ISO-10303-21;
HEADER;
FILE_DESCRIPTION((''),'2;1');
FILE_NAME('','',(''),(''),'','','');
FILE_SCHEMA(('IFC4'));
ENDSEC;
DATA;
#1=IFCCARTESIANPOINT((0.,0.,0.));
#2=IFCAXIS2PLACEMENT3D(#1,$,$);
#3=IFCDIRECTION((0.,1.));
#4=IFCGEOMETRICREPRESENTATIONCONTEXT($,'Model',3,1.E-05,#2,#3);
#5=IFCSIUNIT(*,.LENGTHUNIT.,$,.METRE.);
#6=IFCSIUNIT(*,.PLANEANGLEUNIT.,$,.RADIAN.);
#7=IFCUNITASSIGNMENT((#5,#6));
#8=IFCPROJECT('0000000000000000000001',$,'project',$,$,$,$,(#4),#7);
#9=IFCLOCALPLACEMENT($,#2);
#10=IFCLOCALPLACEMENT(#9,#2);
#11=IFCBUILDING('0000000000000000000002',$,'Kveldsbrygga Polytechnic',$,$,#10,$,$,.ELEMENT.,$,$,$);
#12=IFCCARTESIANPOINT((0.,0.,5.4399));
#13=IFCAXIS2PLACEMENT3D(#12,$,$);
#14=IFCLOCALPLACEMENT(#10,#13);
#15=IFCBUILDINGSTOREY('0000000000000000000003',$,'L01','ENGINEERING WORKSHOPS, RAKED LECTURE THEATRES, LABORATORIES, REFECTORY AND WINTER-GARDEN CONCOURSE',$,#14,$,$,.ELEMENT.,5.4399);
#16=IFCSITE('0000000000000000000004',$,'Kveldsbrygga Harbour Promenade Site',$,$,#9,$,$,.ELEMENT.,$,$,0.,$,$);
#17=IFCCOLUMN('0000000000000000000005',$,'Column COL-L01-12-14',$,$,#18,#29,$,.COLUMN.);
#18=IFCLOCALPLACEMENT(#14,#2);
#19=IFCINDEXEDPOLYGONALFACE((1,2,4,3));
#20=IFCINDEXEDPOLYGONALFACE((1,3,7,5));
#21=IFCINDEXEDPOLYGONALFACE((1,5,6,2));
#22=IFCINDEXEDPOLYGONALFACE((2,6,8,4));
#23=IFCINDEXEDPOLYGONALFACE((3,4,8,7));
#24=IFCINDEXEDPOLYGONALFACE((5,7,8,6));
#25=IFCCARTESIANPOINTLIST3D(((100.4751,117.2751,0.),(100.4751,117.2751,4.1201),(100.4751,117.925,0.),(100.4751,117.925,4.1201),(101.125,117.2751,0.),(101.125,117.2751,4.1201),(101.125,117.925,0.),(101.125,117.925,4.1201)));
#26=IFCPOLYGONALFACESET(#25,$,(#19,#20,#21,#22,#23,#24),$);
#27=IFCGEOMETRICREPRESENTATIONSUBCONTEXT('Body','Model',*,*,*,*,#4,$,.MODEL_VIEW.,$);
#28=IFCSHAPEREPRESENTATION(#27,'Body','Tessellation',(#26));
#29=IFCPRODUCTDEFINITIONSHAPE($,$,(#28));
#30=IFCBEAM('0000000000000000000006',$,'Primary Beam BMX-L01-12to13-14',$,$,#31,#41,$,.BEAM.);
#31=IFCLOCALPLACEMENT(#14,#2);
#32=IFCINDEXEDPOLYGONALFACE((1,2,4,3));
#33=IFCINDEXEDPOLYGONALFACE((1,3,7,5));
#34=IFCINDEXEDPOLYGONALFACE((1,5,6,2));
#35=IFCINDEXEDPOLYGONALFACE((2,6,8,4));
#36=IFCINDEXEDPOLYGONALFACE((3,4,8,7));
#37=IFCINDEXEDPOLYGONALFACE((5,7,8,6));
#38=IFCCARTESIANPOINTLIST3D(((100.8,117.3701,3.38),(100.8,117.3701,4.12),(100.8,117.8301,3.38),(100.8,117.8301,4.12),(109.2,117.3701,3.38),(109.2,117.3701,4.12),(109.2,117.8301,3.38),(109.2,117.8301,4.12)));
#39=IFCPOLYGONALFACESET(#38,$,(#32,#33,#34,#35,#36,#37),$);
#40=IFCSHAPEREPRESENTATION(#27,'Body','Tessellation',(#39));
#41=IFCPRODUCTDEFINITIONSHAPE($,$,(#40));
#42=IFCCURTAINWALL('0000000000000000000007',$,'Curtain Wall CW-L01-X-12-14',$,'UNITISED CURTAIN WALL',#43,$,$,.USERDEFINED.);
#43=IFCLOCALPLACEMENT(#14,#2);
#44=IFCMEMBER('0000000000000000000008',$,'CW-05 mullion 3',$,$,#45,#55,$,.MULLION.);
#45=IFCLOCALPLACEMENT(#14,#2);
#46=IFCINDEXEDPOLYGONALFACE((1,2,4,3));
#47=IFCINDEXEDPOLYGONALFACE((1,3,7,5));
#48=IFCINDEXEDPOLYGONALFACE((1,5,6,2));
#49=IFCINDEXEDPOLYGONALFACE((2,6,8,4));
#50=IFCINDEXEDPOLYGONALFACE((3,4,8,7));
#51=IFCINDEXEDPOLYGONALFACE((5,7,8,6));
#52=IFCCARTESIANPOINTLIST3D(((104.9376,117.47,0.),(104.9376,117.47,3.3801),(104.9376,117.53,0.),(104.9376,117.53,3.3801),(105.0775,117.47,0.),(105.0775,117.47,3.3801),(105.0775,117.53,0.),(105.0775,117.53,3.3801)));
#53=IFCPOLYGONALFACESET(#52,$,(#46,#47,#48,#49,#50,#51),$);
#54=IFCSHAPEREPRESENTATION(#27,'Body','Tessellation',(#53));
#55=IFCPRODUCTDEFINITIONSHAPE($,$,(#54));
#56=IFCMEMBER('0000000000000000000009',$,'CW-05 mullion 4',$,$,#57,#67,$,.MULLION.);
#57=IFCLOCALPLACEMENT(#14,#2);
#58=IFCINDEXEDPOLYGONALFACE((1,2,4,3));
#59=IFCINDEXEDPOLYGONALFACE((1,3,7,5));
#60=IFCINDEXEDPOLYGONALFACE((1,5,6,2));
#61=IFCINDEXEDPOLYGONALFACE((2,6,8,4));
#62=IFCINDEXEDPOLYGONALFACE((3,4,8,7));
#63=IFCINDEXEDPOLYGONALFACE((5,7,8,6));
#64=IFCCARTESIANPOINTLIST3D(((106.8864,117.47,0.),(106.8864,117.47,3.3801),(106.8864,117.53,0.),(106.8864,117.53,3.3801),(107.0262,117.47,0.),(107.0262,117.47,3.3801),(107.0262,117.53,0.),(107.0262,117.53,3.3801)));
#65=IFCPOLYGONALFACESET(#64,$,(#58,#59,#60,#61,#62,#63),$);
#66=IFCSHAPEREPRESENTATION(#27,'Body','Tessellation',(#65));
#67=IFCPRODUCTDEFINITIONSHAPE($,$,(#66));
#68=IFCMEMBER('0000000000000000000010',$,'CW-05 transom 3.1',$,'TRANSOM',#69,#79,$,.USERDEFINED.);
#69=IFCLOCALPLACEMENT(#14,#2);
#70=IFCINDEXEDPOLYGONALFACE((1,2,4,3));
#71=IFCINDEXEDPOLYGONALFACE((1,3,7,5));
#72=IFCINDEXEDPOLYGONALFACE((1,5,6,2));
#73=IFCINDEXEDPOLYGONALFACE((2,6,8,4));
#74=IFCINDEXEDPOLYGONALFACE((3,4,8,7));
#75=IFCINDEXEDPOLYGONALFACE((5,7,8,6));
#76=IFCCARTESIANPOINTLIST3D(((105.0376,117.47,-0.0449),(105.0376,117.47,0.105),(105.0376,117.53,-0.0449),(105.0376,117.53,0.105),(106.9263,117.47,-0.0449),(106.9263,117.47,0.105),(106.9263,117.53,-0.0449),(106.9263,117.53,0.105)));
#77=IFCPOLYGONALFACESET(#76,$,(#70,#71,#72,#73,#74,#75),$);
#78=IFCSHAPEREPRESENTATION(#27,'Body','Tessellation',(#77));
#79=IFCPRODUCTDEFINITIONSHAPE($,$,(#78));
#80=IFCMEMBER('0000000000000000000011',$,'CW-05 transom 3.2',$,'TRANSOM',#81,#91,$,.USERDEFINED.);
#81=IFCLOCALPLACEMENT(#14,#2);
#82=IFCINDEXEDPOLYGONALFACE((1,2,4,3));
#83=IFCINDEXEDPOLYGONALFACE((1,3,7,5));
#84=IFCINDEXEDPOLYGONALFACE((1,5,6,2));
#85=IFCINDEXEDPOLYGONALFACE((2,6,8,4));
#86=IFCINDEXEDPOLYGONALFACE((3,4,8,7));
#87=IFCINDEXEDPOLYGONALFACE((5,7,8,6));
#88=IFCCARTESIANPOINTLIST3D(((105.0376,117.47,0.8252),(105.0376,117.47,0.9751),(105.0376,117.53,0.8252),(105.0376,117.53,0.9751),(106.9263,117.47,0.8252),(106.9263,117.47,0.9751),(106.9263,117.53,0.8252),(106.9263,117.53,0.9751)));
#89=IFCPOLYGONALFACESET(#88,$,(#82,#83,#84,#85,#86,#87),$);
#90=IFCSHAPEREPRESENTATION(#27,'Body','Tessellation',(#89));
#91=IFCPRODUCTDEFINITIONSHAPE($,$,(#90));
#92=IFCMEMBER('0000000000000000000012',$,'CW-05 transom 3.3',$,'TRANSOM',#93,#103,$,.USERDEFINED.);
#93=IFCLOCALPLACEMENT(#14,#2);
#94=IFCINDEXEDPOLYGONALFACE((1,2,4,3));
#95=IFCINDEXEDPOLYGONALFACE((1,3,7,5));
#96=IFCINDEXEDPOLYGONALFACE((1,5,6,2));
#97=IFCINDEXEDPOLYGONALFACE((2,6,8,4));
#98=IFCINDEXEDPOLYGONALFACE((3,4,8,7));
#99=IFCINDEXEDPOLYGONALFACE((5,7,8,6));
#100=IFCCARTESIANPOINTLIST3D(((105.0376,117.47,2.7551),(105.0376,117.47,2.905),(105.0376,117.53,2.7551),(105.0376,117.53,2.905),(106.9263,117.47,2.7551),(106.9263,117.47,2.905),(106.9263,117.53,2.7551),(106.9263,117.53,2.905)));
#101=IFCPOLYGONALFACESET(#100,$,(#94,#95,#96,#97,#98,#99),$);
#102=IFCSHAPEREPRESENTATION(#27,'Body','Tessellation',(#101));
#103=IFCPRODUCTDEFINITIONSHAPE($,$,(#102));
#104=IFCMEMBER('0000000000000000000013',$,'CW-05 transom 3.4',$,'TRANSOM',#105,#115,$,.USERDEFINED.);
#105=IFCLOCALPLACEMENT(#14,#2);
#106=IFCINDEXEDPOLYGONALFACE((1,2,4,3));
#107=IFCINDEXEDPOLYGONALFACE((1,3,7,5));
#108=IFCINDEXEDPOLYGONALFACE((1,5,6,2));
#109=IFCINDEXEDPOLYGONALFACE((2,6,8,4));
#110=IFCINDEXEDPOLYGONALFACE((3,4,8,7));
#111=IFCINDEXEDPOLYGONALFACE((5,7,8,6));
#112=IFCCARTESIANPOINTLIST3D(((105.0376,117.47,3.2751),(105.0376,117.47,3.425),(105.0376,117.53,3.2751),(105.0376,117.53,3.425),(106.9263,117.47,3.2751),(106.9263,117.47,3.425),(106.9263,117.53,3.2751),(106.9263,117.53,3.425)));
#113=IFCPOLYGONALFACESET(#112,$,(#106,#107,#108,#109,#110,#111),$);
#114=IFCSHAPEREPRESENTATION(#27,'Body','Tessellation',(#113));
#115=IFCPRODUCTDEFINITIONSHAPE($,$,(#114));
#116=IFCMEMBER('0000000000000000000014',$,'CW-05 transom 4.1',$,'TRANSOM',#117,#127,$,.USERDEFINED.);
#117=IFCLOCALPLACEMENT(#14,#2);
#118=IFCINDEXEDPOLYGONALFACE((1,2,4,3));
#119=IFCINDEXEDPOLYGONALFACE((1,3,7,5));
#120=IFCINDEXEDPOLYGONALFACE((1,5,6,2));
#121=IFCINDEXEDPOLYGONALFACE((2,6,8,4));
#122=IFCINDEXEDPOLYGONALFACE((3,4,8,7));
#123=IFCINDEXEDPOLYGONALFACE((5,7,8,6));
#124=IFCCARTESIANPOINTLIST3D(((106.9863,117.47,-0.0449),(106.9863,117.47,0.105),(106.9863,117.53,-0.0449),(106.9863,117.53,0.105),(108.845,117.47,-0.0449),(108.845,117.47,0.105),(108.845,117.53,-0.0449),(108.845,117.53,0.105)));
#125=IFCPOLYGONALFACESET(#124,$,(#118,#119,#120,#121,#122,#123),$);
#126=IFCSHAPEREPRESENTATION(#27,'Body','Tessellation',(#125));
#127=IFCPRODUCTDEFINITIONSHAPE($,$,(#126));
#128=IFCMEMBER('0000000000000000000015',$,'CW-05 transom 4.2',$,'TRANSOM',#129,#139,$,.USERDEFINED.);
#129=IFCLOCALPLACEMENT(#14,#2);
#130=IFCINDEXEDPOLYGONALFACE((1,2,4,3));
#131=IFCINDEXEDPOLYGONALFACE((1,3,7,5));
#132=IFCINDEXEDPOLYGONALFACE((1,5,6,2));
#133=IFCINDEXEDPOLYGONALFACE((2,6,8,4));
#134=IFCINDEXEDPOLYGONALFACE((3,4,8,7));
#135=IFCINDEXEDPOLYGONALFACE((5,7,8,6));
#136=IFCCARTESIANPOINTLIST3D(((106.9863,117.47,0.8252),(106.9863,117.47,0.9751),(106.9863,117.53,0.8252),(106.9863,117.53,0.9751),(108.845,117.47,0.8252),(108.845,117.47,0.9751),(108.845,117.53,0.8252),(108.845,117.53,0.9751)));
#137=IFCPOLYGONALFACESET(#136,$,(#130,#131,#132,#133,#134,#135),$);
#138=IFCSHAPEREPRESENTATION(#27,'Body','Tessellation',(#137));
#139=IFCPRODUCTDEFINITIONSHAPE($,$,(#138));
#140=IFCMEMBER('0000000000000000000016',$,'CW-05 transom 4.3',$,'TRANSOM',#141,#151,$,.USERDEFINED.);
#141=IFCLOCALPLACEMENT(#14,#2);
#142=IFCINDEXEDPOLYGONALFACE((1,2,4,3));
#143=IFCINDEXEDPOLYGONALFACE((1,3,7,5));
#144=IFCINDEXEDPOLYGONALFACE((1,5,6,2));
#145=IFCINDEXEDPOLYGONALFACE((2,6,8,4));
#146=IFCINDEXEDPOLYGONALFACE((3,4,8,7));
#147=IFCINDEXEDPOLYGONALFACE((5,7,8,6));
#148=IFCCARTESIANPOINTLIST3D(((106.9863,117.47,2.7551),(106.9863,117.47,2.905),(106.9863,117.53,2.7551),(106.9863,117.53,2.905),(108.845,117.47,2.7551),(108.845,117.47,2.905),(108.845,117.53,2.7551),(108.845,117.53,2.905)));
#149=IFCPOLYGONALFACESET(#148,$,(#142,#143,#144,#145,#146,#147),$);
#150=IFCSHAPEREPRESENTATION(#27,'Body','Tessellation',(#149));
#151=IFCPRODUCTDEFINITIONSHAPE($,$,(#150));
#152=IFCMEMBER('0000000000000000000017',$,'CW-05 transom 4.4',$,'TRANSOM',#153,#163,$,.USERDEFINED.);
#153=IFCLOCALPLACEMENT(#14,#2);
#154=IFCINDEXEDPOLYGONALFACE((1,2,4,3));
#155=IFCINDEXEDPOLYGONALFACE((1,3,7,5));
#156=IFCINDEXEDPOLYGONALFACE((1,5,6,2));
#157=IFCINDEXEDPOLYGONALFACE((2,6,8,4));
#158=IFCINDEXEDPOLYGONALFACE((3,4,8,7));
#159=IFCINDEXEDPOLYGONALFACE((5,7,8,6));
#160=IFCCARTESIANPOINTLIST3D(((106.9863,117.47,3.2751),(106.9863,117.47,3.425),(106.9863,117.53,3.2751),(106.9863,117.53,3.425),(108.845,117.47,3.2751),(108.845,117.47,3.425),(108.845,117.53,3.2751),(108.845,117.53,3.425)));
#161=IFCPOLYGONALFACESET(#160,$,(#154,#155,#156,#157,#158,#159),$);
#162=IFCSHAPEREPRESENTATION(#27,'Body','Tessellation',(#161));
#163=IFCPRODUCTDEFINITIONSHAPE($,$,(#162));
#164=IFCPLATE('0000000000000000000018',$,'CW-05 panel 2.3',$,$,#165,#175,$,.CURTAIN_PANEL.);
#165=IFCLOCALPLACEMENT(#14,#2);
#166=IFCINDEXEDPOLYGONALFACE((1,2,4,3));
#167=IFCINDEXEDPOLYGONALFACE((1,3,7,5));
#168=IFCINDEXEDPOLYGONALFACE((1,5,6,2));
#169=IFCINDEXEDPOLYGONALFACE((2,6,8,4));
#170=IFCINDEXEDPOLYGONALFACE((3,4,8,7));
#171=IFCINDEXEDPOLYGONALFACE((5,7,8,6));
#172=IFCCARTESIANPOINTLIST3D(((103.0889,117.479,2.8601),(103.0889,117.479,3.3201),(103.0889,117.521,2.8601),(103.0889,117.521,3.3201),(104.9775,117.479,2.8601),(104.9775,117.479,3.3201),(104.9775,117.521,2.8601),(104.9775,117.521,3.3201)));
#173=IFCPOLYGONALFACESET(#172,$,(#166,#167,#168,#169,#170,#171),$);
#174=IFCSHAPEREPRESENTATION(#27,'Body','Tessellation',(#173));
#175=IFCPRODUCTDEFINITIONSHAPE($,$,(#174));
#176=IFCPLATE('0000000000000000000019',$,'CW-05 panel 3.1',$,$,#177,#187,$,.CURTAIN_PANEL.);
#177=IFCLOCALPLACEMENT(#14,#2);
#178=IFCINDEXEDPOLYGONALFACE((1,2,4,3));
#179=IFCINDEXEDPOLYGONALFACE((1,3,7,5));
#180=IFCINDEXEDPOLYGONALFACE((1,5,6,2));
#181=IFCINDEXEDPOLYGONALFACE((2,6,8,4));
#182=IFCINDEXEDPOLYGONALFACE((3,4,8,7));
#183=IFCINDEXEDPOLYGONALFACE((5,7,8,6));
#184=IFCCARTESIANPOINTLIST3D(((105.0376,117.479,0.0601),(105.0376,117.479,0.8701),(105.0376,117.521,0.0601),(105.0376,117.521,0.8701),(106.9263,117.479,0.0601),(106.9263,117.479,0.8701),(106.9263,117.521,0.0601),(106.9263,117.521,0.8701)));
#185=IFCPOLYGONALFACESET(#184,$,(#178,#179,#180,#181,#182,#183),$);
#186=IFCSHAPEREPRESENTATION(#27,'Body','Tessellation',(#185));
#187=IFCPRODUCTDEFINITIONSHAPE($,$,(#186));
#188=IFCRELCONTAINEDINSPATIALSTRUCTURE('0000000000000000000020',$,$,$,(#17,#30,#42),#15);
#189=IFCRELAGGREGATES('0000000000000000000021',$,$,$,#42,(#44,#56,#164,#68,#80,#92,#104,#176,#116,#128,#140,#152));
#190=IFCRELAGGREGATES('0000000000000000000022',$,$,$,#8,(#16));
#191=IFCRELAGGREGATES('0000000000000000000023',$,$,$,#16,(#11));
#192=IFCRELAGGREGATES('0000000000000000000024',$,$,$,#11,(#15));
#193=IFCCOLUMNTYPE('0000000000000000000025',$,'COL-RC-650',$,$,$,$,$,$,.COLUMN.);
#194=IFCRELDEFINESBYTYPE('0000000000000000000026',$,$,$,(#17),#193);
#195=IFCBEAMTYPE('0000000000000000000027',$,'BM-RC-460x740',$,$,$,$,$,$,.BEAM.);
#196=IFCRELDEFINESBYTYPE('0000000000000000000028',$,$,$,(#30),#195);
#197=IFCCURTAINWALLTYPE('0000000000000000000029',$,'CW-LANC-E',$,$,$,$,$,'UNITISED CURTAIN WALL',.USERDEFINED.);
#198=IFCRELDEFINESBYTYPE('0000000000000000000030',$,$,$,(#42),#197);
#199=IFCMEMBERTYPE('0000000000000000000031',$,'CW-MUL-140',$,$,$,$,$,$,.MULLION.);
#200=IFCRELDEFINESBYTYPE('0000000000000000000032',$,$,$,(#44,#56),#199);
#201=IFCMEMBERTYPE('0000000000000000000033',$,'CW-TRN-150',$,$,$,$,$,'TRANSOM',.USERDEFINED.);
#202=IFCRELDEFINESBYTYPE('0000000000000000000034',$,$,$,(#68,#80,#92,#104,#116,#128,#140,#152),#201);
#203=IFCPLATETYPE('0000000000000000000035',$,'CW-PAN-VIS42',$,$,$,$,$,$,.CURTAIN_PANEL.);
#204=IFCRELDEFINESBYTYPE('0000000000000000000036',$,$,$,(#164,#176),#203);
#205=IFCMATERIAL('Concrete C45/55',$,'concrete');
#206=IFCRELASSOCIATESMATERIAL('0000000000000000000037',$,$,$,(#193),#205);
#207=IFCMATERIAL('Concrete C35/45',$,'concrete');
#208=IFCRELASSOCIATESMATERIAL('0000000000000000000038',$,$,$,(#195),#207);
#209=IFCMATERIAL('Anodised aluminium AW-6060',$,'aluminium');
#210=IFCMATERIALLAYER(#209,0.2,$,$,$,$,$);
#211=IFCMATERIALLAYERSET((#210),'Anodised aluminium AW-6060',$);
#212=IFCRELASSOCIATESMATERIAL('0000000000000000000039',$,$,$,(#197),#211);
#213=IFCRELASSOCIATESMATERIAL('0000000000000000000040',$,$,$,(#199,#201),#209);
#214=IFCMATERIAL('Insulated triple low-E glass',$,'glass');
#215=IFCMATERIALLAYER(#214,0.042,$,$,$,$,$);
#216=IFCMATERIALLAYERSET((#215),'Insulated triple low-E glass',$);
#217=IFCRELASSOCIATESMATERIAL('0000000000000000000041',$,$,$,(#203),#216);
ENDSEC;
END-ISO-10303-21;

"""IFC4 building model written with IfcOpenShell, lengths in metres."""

from ifc_helpers import new_model, si_unit, direction, frame, origin, origin_2d, place, context, subcontext, project, spatial, rectangle, extrude, material, layer, layer_set, material_profile, profile_set, type_object, element, aggregate, save


model = new_model("IFC4")

# Units and contexts
model_context = context("Model", 3, precision=1e-05, world=origin(), true_north=direction((0.0, 1.0)))
body_context = subcontext(model_context, "Body", "Model", "MODEL_VIEW")
ifc_project = project(units=[si_unit("LENGTHUNIT", "METRE"), si_unit("PLANEANGLEUNIT", "RADIAN")], contexts=[model_context])

# Site, building, storey
site_placement = place(None, origin())
site = spatial("IfcSite", under=ifc_project, at=site_placement, Name="Kveldsbrygga Harbour Promenade Site", CompositionType="ELEMENT", RefElevation=0.0)
building_placement = place(site_placement, origin())
building = spatial("IfcBuilding", under=site, at=building_placement, Name="Kveldsbrygga Polytechnic", CompositionType="ELEMENT")
storey_placement = place(building_placement, frame((0.0, 0.0, 5.4399)))
storey = spatial("IfcBuildingStorey", under=building, at=storey_placement, Name="L01", Description="ENGINEERING WORKSHOPS, RAKED LECTURE THEATRES, LABORATORIES, REFECTORY AND WINTER-GARDEN CONCOURSE", CompositionType="ELEMENT", Elevation=5.4399)

# Column
ifc_material_1 = material(Name="Concrete C45/55", Category="concrete")
ifc_material_profile_1 = material_profile(ifc_material_1, rectangle(XDim=0.6499, YDim=0.6499, at=origin_2d()), Name="RC 650x650")
ifc_profile_set_1 = profile_set([ifc_material_profile_1], Name="Concrete C45/55")
column_type = type_object("IfcColumnType", Name="COL-RC-650", PredefinedType="COLUMN", material=ifc_profile_set_1)
column_placement = place(storey_placement, frame((100.8, 117.6001, 0.0), z_axis=(0.0, 0.0, 1.0), x_axis=(1.0, 0.0, 0.0)))
element("IfcColumn", 1, at=column_placement, inside=storey, type_object=column_type, Name="Column COL-L01-12-14", PredefinedType="COLUMN", context=body_context, shape_type="SweptSolid", body=[
    extrude(rectangle(XDim=0.6499, YDim=0.6499, at=origin_2d()), origin(), (0.0, 0.0, 1.0), 4.1201),
])

# Beam
ifc_material_2 = material(Name="Concrete C35/45", Category="concrete")
ifc_material_profile_2 = material_profile(ifc_material_2, rectangle(XDim=0.46, YDim=0.74, at=origin_2d()), Name="RC 460x740")
ifc_profile_set_2 = profile_set([ifc_material_profile_2], Name="Concrete C35/45")
beam_type = type_object("IfcBeamType", Name="BM-RC-460x740", PredefinedType="BEAM", material=ifc_profile_set_2)
beam_placement = place(storey_placement, frame((100.8, 117.6001, 3.75), z_axis=(1.0, 0.0, 0.0), x_axis=(0.0, 1.0, 0.0)))
element("IfcBeam", 2, at=beam_placement, inside=storey, type_object=beam_type, Name="Primary Beam BMX-L01-12to13-14", PredefinedType="BEAM", context=body_context, shape_type="SweptSolid", body=[
    extrude(rectangle(XDim=0.46, YDim=0.74, at=origin_2d()), origin(), (0.0, 0.0, 1.0), 8.3999),
])

# Curtain wall, members, plates
ifc_material_3 = material(Name="Anodised aluminium AW-6060", Category="aluminium")
ifc_layer_1 = layer(ifc_material_3, 0.2)
ifc_layer_set_1 = layer_set([ifc_layer_1], Name="Anodised aluminium AW-6060")
curtain_wall_type = type_object("IfcCurtainWallType", Name="CW-LANC-E", ElementType="UNITISED CURTAIN WALL", PredefinedType="USERDEFINED", material=ifc_layer_set_1)
curtain_wall_placement = place(storey_placement, origin())
curtain_wall = element("IfcCurtainWall", 3, at=curtain_wall_placement, inside=storey, type_object=curtain_wall_type, Name="Curtain Wall CW-L01-X-12-14", ObjectType="UNITISED CURTAIN WALL", PredefinedType="USERDEFINED")
ifc_material_profile_3 = material_profile(ifc_material_3, rectangle(XDim=0.0601, YDim=0.1399, at=origin_2d()), Name="ALU 60x140")
ifc_profile_set_3 = profile_set([ifc_material_profile_3], Name="Anodised aluminium AW-6060")
member_type_1 = type_object("IfcMemberType", Name="CW-MUL-140", PredefinedType="MULLION", material=ifc_profile_set_3)
member_1_placement = place(storey_placement, frame((105.0076, 117.5, 0.0), z_axis=(0.0, 0.0, 1.0), x_axis=(0.0, 1.0, 0.0)))
member_1 = element("IfcMember", 4, at=member_1_placement, type_object=member_type_1, Name="CW-05 mullion 3", PredefinedType="MULLION", context=body_context, shape_type="SweptSolid", body=[
    extrude(rectangle(XDim=0.0601, YDim=0.1399, at=origin_2d()), origin(), (0.0, 0.0, 1.0), 3.3801),
])
member_2_placement = place(storey_placement, frame((106.9563, 117.5, 0.0), z_axis=(0.0, 0.0, 1.0), x_axis=(0.0, 1.0, 0.0)))
member_2 = element("IfcMember", 5, at=member_2_placement, type_object=member_type_1, Name="CW-05 mullion 4", PredefinedType="MULLION", context=body_context, shape_type="SweptSolid", body=[
    extrude(rectangle(XDim=0.0601, YDim=0.1399, at=origin_2d()), origin(), (0.0, 0.0, 1.0), 3.3801),
])
ifc_material_profile_4 = material_profile(ifc_material_3, rectangle(XDim=0.0601, YDim=0.1499, at=origin_2d()), Name="ALU 60x150")
ifc_profile_set_4 = profile_set([ifc_material_profile_4], Name="Anodised aluminium AW-6060")
member_type_2 = type_object("IfcMemberType", Name="CW-TRN-150", ElementType="TRANSOM", PredefinedType="USERDEFINED", material=ifc_profile_set_4)
member_3_placement = place(storey_placement, frame((105.0376, 117.5, 0.03), z_axis=(1.0, 0.0, 0.0), x_axis=(0.0, 1.0, 0.0)))
member_3 = element("IfcMember", 6, at=member_3_placement, type_object=member_type_2, Name="CW-05 transom 3.1", ObjectType="TRANSOM", PredefinedType="USERDEFINED", context=body_context, shape_type="SweptSolid", body=[
    extrude(rectangle(XDim=0.0601, YDim=0.1499, at=origin_2d()), origin(), (0.0, 0.0, 1.0), 1.8887),
])
member_4_placement = place(storey_placement, frame((105.0376, 117.5, 0.9001), z_axis=(1.0, 0.0, 0.0), x_axis=(0.0, 1.0, 0.0)))
member_4 = element("IfcMember", 7, at=member_4_placement, type_object=member_type_2, Name="CW-05 transom 3.2", ObjectType="TRANSOM", PredefinedType="USERDEFINED", context=body_context, shape_type="SweptSolid", body=[
    extrude(rectangle(XDim=0.0601, YDim=0.1499, at=origin_2d()), origin(), (0.0, 0.0, 1.0), 1.8887),
])
member_5_placement = place(storey_placement, frame((105.0376, 117.5, 2.8301), z_axis=(1.0, 0.0, 0.0), x_axis=(0.0, 1.0, 0.0)))
member_5 = element("IfcMember", 8, at=member_5_placement, type_object=member_type_2, Name="CW-05 transom 3.3", ObjectType="TRANSOM", PredefinedType="USERDEFINED", context=body_context, shape_type="SweptSolid", body=[
    extrude(rectangle(XDim=0.0601, YDim=0.1499, at=origin_2d()), origin(), (0.0, 0.0, 1.0), 1.8887),
])
member_6_placement = place(storey_placement, frame((105.0376, 117.5, 3.3501), z_axis=(1.0, 0.0, 0.0), x_axis=(0.0, 1.0, 0.0)))
member_6 = element("IfcMember", 9, at=member_6_placement, type_object=member_type_2, Name="CW-05 transom 3.4", ObjectType="TRANSOM", PredefinedType="USERDEFINED", context=body_context, shape_type="SweptSolid", body=[
    extrude(rectangle(XDim=0.0601, YDim=0.1499, at=origin_2d()), origin(), (0.0, 0.0, 1.0), 1.8887),
])
member_7_placement = place(storey_placement, frame((106.9863, 117.5, 0.03), z_axis=(1.0, 0.0, 0.0), x_axis=(0.0, 1.0, 0.0)))
member_7 = element("IfcMember", 10, at=member_7_placement, type_object=member_type_2, Name="CW-05 transom 4.1", ObjectType="TRANSOM", PredefinedType="USERDEFINED", context=body_context, shape_type="SweptSolid", body=[
    extrude(rectangle(XDim=0.0601, YDim=0.1499, at=origin_2d()), origin(), (0.0, 0.0, 1.0), 1.8586),
])
member_8_placement = place(storey_placement, frame((106.9863, 117.5, 0.9001), z_axis=(1.0, 0.0, 0.0), x_axis=(0.0, 1.0, 0.0)))
member_8 = element("IfcMember", 11, at=member_8_placement, type_object=member_type_2, Name="CW-05 transom 4.2", ObjectType="TRANSOM", PredefinedType="USERDEFINED", context=body_context, shape_type="SweptSolid", body=[
    extrude(rectangle(XDim=0.0601, YDim=0.1499, at=origin_2d()), origin(), (0.0, 0.0, 1.0), 1.8586),
])
member_9_placement = place(storey_placement, frame((106.9863, 117.5, 2.8301), z_axis=(1.0, 0.0, 0.0), x_axis=(0.0, 1.0, 0.0)))
member_9 = element("IfcMember", 12, at=member_9_placement, type_object=member_type_2, Name="CW-05 transom 4.3", ObjectType="TRANSOM", PredefinedType="USERDEFINED", context=body_context, shape_type="SweptSolid", body=[
    extrude(rectangle(XDim=0.0601, YDim=0.1499, at=origin_2d()), origin(), (0.0, 0.0, 1.0), 1.8586),
])
member_10_placement = place(storey_placement, frame((106.9863, 117.5, 3.3501), z_axis=(1.0, 0.0, 0.0), x_axis=(0.0, 1.0, 0.0)))
member_10 = element("IfcMember", 13, at=member_10_placement, type_object=member_type_2, Name="CW-05 transom 4.4", ObjectType="TRANSOM", PredefinedType="USERDEFINED", context=body_context, shape_type="SweptSolid", body=[
    extrude(rectangle(XDim=0.0601, YDim=0.1499, at=origin_2d()), origin(), (0.0, 0.0, 1.0), 1.8586),
])
ifc_material_4 = material(Name="Insulated triple low-E glass", Category="glass")
ifc_layer_2 = layer(ifc_material_4, 0.042)
ifc_layer_set_2 = layer_set([ifc_layer_2], Name="Insulated triple low-E glass")
plate_type = type_object("IfcPlateType", Name="CW-PAN-VIS42", PredefinedType="CURTAIN_PANEL", material=ifc_layer_set_2)
plate_1_placement = place(storey_placement, frame((104.0332, 117.5, 2.8601), z_axis=(0.0, 0.0, 1.0), x_axis=(1.0, 0.0, 0.0)))
plate_1 = element("IfcPlate", 14, at=plate_1_placement, type_object=plate_type, Name="CW-05 panel 2.3", PredefinedType="CURTAIN_PANEL", context=body_context, shape_type="SweptSolid", body=[
    extrude(rectangle(XDim=1.8887, YDim=0.042, at=origin_2d()), origin(), (0.0, 0.0, 1.0), 0.46),
])
plate_2_placement = place(storey_placement, frame((105.9819, 117.5, 0.0601), z_axis=(0.0, 0.0, 1.0), x_axis=(1.0, 0.0, 0.0)))
plate_2 = element("IfcPlate", 15, at=plate_2_placement, type_object=plate_type, Name="CW-05 panel 3.1", PredefinedType="CURTAIN_PANEL", context=body_context, shape_type="SweptSolid", body=[
    extrude(rectangle(XDim=1.8887, YDim=0.042, at=origin_2d()), origin(), (0.0, 0.0, 1.0), 0.8101),
])
aggregate(curtain_wall, [member_1, member_2, plate_1, member_3, member_4, member_5, member_6, plate_2, member_7, member_8, member_9, member_10])

save(model, "model.ifc")
